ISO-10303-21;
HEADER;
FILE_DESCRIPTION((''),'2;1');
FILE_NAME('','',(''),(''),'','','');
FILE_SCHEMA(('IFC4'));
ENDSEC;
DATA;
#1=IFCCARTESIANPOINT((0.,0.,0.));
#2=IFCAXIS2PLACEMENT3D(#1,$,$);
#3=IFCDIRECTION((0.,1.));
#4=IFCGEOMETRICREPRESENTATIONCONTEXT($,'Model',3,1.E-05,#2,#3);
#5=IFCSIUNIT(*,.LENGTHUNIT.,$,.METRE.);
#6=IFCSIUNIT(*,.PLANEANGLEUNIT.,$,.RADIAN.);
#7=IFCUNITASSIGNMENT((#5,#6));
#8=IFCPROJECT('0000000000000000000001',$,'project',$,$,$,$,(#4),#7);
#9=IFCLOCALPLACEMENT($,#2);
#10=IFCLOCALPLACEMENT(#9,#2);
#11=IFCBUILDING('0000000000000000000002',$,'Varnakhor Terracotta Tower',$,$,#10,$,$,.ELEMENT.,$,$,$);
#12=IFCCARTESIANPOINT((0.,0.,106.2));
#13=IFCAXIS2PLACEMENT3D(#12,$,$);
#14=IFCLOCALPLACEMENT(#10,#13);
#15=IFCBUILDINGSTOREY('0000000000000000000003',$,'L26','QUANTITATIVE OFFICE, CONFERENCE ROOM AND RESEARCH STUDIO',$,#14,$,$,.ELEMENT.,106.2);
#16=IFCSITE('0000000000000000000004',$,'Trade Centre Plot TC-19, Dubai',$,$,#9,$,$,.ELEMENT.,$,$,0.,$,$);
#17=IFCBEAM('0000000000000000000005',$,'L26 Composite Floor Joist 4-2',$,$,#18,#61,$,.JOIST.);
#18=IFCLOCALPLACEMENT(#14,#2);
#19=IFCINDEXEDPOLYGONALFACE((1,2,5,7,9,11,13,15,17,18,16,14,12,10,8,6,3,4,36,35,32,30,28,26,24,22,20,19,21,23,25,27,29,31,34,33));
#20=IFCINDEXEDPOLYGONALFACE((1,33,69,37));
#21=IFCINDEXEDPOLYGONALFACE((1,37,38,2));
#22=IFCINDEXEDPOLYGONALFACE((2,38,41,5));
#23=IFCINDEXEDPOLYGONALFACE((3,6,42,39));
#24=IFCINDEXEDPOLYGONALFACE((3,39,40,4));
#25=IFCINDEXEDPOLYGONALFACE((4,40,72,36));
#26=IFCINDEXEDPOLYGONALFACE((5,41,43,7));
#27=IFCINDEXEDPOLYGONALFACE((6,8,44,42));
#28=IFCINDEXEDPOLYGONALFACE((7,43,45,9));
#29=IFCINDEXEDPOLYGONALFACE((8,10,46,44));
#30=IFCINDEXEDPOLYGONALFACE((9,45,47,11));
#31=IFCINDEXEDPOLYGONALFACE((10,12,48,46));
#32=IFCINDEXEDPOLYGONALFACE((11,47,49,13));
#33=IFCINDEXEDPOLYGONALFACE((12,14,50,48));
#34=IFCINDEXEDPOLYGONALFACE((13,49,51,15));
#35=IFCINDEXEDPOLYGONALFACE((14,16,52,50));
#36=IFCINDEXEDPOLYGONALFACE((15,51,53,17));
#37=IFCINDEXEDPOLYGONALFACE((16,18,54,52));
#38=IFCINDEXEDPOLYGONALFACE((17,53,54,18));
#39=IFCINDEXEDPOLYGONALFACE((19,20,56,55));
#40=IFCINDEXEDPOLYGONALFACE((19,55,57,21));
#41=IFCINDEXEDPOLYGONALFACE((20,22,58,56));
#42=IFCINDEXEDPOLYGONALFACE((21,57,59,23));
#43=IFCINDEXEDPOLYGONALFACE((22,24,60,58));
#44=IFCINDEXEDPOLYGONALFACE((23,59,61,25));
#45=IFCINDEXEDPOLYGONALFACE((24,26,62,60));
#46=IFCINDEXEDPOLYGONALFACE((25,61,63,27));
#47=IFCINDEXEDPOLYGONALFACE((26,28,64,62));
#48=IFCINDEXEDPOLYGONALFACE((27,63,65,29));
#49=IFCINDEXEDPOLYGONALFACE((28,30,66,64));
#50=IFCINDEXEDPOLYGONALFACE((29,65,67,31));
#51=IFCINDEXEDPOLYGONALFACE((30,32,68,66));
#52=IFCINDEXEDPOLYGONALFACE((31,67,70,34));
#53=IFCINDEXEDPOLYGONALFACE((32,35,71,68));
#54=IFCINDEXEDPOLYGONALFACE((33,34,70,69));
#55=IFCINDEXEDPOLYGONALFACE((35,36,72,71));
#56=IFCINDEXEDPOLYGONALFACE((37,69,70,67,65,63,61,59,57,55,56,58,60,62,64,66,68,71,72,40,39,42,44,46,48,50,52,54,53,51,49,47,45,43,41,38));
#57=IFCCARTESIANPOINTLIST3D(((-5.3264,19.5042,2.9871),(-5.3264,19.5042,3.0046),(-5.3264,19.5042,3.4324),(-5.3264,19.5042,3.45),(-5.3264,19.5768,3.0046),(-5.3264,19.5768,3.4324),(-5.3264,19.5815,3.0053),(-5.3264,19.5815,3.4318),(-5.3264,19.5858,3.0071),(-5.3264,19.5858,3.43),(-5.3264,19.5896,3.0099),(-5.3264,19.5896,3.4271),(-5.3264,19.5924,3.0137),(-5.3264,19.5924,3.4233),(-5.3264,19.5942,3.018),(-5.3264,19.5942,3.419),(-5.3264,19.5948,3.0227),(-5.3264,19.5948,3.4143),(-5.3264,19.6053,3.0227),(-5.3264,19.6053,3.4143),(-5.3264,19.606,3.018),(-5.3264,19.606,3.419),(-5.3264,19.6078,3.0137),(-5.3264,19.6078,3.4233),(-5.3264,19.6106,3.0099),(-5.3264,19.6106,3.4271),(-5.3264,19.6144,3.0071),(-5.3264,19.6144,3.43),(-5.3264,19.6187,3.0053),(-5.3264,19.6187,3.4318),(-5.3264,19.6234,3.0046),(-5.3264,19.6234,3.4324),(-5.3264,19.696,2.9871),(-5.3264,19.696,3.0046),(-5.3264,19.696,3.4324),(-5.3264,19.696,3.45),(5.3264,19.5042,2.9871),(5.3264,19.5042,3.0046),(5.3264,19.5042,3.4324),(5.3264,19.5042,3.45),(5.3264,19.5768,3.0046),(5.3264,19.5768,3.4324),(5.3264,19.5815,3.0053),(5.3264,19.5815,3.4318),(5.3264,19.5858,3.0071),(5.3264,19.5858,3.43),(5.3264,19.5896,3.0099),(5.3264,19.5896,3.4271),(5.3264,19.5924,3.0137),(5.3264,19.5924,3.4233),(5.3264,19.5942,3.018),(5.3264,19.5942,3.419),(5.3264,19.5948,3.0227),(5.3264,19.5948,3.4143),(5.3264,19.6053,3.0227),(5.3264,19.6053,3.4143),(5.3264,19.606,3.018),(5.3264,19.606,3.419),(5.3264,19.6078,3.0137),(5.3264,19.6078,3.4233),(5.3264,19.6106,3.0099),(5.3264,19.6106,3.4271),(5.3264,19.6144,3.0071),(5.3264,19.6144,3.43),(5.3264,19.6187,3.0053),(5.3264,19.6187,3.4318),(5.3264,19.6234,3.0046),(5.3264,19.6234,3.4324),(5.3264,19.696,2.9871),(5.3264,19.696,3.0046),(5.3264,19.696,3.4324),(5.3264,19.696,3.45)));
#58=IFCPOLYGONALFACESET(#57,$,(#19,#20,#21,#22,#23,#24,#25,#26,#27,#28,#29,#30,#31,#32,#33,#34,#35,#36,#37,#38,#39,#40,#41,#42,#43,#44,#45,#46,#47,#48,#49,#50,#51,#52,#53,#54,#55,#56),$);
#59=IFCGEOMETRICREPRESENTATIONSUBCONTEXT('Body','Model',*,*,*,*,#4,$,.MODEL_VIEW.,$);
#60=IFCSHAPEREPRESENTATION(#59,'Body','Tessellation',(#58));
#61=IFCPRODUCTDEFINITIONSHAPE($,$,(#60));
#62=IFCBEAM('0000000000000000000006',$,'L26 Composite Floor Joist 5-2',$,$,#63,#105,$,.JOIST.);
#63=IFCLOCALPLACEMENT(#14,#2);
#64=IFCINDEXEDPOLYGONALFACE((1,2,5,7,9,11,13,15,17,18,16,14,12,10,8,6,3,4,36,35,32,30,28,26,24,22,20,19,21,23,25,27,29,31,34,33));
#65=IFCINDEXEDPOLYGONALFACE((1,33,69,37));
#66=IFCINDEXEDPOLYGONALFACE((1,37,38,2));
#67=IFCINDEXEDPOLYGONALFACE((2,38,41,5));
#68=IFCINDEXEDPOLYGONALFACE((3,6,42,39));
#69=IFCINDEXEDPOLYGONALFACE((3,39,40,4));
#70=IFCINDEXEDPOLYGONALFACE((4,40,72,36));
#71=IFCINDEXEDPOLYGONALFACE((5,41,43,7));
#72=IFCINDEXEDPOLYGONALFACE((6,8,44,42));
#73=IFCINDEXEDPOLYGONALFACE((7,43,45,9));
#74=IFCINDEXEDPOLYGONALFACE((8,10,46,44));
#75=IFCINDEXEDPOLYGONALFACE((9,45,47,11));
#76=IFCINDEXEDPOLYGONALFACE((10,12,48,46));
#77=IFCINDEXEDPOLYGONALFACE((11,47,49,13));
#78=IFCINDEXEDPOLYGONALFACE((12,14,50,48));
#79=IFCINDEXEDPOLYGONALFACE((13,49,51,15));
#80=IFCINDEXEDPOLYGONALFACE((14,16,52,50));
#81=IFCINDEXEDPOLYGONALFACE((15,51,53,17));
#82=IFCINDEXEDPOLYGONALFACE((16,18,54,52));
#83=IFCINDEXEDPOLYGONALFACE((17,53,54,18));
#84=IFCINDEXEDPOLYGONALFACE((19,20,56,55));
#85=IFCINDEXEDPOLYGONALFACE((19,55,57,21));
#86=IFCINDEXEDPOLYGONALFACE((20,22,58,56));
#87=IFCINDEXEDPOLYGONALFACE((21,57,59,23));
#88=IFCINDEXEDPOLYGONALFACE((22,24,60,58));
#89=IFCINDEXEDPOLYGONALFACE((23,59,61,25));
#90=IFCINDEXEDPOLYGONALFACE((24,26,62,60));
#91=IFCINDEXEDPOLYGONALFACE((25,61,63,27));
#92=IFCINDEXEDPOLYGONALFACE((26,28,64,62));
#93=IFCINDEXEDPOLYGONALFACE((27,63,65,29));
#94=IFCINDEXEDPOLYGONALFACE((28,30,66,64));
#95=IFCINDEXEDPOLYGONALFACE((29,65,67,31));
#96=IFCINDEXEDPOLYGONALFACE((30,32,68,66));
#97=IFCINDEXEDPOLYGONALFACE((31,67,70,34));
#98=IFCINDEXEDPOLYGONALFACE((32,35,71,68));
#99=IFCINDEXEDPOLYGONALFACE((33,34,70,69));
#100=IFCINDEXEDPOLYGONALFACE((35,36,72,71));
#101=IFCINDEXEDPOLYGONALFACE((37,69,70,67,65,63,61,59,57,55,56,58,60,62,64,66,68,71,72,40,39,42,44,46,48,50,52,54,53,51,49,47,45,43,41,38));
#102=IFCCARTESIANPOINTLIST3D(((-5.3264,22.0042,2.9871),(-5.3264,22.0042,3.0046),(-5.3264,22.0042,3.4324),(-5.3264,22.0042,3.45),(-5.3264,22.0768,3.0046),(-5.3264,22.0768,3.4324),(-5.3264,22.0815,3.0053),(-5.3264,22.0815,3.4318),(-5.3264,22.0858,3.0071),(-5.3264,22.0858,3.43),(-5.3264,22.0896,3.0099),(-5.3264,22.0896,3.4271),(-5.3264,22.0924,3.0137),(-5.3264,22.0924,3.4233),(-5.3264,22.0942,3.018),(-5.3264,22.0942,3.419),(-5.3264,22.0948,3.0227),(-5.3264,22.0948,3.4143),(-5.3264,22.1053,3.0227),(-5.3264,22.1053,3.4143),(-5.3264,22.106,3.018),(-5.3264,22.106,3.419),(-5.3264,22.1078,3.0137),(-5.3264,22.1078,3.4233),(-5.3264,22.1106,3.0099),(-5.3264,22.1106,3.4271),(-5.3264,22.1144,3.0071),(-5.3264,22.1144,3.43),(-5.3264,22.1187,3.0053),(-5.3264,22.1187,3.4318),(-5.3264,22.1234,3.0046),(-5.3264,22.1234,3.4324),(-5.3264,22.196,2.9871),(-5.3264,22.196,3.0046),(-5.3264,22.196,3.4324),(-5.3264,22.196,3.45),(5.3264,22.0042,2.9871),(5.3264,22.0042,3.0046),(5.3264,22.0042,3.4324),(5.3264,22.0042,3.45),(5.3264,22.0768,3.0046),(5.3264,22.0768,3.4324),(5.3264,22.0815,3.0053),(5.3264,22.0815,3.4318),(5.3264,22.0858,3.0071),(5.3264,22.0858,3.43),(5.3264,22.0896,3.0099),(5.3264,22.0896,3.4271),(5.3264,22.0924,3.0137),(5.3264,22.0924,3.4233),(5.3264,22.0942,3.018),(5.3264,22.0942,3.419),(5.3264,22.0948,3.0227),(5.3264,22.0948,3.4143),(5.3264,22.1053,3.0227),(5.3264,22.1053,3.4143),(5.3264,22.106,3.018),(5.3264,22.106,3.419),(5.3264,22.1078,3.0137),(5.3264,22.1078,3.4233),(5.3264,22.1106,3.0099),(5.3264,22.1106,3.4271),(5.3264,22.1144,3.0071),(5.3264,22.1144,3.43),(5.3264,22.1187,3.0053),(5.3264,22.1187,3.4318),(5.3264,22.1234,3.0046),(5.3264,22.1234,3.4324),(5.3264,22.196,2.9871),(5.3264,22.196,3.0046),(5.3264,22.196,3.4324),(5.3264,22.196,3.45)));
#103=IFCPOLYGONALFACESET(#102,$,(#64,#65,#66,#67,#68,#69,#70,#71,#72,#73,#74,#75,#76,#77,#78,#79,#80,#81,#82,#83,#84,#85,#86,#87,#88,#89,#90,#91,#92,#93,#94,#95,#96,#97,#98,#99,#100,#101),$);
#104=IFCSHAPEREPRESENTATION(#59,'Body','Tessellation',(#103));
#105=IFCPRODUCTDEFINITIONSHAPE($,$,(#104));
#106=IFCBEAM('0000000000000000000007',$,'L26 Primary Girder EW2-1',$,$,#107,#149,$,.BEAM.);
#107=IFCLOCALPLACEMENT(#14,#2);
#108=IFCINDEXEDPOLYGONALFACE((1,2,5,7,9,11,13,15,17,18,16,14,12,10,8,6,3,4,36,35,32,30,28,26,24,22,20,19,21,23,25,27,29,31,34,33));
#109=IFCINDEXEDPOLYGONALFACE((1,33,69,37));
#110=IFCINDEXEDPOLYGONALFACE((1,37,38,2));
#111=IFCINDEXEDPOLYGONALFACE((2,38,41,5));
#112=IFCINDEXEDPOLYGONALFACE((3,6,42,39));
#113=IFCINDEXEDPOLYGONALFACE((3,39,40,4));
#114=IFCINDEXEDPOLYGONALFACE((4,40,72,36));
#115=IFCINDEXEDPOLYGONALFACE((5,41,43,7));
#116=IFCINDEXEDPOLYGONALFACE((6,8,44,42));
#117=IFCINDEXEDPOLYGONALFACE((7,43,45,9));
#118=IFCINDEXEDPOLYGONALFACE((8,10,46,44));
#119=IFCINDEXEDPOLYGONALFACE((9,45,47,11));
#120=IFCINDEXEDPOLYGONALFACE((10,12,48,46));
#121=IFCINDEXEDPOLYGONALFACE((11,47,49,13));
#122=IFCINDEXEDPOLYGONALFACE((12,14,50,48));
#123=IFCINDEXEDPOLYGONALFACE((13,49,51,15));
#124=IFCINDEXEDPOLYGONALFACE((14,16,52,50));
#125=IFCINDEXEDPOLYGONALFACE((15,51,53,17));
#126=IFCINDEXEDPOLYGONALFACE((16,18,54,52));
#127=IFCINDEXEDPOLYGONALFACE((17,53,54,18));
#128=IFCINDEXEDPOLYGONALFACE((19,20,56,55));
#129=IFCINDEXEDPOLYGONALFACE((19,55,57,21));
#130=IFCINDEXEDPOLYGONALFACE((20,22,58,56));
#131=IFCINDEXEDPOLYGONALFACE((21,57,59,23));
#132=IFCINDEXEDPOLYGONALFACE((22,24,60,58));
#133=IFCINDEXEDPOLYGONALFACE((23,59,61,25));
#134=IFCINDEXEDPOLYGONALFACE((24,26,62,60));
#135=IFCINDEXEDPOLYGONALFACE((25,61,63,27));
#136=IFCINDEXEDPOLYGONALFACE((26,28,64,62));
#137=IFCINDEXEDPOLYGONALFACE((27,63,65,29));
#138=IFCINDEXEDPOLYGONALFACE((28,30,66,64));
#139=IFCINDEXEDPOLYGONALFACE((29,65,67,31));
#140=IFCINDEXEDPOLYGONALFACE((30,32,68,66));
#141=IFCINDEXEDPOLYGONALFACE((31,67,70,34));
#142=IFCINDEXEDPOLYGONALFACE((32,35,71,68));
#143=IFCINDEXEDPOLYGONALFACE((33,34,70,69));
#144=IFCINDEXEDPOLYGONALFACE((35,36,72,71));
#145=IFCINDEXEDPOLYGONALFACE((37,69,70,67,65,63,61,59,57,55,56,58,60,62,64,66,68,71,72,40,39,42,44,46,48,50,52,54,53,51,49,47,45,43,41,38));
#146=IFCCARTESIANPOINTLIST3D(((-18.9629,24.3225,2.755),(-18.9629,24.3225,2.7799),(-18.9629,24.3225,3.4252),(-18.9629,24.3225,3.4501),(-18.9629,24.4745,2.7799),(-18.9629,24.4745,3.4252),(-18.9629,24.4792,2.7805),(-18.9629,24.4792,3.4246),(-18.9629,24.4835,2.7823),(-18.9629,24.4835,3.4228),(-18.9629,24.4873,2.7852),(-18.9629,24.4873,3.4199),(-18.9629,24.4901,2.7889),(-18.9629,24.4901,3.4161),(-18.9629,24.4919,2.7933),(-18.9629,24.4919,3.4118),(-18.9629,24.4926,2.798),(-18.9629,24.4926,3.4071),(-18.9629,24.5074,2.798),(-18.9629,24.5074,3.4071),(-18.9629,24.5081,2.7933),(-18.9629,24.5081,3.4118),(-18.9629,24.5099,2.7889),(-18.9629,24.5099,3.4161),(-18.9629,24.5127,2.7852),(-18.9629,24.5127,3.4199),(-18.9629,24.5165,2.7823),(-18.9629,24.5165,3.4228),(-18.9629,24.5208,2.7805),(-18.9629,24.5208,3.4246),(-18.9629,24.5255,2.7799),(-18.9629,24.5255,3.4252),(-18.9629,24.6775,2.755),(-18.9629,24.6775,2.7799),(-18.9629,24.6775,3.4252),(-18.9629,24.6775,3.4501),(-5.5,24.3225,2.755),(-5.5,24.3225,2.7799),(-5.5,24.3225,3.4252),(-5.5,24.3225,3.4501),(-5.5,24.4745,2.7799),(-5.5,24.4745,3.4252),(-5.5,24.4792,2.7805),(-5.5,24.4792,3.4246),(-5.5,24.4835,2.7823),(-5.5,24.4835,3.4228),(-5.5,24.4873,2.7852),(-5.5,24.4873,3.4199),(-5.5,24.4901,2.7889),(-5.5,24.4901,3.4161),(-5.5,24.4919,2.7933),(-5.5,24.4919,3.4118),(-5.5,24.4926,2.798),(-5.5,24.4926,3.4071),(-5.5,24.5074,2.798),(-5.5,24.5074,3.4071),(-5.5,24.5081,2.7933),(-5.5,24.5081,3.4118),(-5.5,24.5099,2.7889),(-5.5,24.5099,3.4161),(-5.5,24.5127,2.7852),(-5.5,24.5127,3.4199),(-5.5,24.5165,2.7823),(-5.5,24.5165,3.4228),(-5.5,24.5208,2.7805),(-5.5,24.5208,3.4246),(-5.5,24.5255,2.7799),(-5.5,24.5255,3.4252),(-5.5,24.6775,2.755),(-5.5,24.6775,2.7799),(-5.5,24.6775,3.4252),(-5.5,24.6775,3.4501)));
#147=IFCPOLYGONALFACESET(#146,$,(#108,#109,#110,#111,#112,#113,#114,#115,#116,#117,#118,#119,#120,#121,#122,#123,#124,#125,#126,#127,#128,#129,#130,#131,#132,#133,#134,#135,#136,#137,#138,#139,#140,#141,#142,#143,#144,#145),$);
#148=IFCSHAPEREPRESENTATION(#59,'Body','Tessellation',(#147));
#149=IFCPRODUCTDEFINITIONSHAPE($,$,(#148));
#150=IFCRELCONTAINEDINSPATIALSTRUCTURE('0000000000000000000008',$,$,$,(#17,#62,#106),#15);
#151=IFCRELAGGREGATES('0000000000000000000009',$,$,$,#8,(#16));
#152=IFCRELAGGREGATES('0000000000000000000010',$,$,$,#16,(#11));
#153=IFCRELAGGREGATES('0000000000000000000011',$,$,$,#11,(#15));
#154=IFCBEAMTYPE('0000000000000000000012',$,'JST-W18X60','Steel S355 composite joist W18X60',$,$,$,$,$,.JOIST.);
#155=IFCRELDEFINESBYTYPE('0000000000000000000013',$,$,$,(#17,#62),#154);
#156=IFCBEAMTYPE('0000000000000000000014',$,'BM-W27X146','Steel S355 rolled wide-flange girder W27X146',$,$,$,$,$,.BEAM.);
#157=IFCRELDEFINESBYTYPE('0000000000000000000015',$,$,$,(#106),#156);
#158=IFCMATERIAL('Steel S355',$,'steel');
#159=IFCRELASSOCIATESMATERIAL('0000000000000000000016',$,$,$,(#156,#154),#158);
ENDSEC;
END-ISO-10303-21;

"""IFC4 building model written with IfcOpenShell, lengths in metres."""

from ifc_helpers import new_model, si_unit, direction, frame, origin, origin_2d, place, context, subcontext, project, spatial, i_section, extrude, source, transform, mapped, material, material_profile, profile_set, type_object, element, save


model = new_model("IFC4")

# Units and contexts
model_context = context("Model", 3, precision=1e-05, world=origin(), true_north=direction((0.0, 1.0)))
body_context = subcontext(model_context, "Body", "Model", "MODEL_VIEW")
ifc_project = project(units=[si_unit("LENGTHUNIT", "METRE"), si_unit("PLANEANGLEUNIT", "RADIAN")], contexts=[model_context])

# Site, building, storey
site_placement = place(None, origin())
site = spatial("IfcSite", under=ifc_project, at=site_placement, Name="Trade Centre Plot TC-19, Dubai", CompositionType="ELEMENT", RefElevation=0.0)
building_placement = place(site_placement, origin())
building = spatial("IfcBuilding", under=site, at=building_placement, Name="Varnakhor Terracotta Tower", CompositionType="ELEMENT")
storey_placement = place(building_placement, frame((0.0, 0.0, 106.2)))
storey = spatial("IfcBuildingStorey", under=building, at=storey_placement, Name="L26", Description="QUANTITATIVE OFFICE, CONFERENCE ROOM AND RESEARCH STUDIO", CompositionType="ELEMENT", Elevation=106.2)

# Beams
ifc_material_1 = material(Name="Steel S355", Category="steel")
ifc_material_profile_1 = material_profile(ifc_material_1, i_section(OverallWidth=0.355, OverallDepth=0.6951, WebThickness=0.0149, FlangeThickness=0.0249, FilletRadius=0.0181, at=origin_2d()), Name="W27X146")
ifc_profile_set_1 = profile_set([ifc_material_profile_1], Name="Steel S355")
beam_type_1 = type_object("IfcBeamType", Name="BM-W27X146", Description="Steel S355 rolled wide-flange girder W27X146", PredefinedType="BEAM", material=ifc_profile_set_1)
ifc_material_profile_2 = material_profile(ifc_material_1, i_section(OverallWidth=0.1919, OverallDepth=0.4629, WebThickness=0.0105, FlangeThickness=0.0176, FilletRadius=0.0181, at=origin_2d()), Name="W18X60")
ifc_profile_set_2 = profile_set([ifc_material_profile_2], Name="Steel S355")
beam_type_2 = type_object("IfcBeamType", Name="JST-W18X60", Description="Steel S355 composite joist W18X60", PredefinedType="JOIST", material=ifc_profile_set_2)
shared_shape_1 = source(origin(), body_context, "Body", "SweptSolid", [
    extrude(i_section(OverallWidth=0.1919, OverallDepth=0.4629, WebThickness=0.0105, FlangeThickness=0.0176, FilletRadius=0.0181, at=origin_2d()), origin(), (0.0, 0.0, 1.0), 10.6528),
])
for number, where, z_axis, x_axis, name in (
    (1, (-5.3264, 19.6001, 3.2185), (1.0, 0.0, 0.0), (0.0, 1.0, 0.0), "L26 Composite Floor Joist 4-2"),
    (2, (-5.3264, 22.1001, 3.2185), (1.0, 0.0, 0.0), (0.0, 1.0, 0.0), "L26 Composite Floor Joist 5-2"),
):
    element("IfcBeam", number, at=place(storey_placement, frame(where, z_axis=z_axis, x_axis=x_axis)), inside=storey, type_object=beam_type_2, Name=name, PredefinedType="JOIST", context=body_context, shape_type="MappedRepresentation", body=[
        mapped(shared_shape_1, transform((0.0, 0.0, 0.0), scale=1.0)),
    ])
shared_shape_2 = source(origin(), body_context, "Body", "SweptSolid", [
    extrude(i_section(OverallWidth=0.355, OverallDepth=0.6951, WebThickness=0.0149, FlangeThickness=0.0249, FilletRadius=0.0181, at=origin_2d()), origin(), (0.0, 0.0, 1.0), 13.4629),
])
beam_1_placement = place(storey_placement, frame((-18.9629, 24.5, 3.1025), z_axis=(1.0, 0.0, 0.0), x_axis=(0.0, 1.0, 0.0)))
element("IfcBeam", 3, at=beam_1_placement, inside=storey, type_object=beam_type_1, Name="L26 Primary Girder EW2-1", PredefinedType="BEAM", context=body_context, shape_type="MappedRepresentation", body=[
    mapped(shared_shape_2, transform((0.0, 0.0, 0.0), scale=1.0)),
])

save(model, "model.ifc")
